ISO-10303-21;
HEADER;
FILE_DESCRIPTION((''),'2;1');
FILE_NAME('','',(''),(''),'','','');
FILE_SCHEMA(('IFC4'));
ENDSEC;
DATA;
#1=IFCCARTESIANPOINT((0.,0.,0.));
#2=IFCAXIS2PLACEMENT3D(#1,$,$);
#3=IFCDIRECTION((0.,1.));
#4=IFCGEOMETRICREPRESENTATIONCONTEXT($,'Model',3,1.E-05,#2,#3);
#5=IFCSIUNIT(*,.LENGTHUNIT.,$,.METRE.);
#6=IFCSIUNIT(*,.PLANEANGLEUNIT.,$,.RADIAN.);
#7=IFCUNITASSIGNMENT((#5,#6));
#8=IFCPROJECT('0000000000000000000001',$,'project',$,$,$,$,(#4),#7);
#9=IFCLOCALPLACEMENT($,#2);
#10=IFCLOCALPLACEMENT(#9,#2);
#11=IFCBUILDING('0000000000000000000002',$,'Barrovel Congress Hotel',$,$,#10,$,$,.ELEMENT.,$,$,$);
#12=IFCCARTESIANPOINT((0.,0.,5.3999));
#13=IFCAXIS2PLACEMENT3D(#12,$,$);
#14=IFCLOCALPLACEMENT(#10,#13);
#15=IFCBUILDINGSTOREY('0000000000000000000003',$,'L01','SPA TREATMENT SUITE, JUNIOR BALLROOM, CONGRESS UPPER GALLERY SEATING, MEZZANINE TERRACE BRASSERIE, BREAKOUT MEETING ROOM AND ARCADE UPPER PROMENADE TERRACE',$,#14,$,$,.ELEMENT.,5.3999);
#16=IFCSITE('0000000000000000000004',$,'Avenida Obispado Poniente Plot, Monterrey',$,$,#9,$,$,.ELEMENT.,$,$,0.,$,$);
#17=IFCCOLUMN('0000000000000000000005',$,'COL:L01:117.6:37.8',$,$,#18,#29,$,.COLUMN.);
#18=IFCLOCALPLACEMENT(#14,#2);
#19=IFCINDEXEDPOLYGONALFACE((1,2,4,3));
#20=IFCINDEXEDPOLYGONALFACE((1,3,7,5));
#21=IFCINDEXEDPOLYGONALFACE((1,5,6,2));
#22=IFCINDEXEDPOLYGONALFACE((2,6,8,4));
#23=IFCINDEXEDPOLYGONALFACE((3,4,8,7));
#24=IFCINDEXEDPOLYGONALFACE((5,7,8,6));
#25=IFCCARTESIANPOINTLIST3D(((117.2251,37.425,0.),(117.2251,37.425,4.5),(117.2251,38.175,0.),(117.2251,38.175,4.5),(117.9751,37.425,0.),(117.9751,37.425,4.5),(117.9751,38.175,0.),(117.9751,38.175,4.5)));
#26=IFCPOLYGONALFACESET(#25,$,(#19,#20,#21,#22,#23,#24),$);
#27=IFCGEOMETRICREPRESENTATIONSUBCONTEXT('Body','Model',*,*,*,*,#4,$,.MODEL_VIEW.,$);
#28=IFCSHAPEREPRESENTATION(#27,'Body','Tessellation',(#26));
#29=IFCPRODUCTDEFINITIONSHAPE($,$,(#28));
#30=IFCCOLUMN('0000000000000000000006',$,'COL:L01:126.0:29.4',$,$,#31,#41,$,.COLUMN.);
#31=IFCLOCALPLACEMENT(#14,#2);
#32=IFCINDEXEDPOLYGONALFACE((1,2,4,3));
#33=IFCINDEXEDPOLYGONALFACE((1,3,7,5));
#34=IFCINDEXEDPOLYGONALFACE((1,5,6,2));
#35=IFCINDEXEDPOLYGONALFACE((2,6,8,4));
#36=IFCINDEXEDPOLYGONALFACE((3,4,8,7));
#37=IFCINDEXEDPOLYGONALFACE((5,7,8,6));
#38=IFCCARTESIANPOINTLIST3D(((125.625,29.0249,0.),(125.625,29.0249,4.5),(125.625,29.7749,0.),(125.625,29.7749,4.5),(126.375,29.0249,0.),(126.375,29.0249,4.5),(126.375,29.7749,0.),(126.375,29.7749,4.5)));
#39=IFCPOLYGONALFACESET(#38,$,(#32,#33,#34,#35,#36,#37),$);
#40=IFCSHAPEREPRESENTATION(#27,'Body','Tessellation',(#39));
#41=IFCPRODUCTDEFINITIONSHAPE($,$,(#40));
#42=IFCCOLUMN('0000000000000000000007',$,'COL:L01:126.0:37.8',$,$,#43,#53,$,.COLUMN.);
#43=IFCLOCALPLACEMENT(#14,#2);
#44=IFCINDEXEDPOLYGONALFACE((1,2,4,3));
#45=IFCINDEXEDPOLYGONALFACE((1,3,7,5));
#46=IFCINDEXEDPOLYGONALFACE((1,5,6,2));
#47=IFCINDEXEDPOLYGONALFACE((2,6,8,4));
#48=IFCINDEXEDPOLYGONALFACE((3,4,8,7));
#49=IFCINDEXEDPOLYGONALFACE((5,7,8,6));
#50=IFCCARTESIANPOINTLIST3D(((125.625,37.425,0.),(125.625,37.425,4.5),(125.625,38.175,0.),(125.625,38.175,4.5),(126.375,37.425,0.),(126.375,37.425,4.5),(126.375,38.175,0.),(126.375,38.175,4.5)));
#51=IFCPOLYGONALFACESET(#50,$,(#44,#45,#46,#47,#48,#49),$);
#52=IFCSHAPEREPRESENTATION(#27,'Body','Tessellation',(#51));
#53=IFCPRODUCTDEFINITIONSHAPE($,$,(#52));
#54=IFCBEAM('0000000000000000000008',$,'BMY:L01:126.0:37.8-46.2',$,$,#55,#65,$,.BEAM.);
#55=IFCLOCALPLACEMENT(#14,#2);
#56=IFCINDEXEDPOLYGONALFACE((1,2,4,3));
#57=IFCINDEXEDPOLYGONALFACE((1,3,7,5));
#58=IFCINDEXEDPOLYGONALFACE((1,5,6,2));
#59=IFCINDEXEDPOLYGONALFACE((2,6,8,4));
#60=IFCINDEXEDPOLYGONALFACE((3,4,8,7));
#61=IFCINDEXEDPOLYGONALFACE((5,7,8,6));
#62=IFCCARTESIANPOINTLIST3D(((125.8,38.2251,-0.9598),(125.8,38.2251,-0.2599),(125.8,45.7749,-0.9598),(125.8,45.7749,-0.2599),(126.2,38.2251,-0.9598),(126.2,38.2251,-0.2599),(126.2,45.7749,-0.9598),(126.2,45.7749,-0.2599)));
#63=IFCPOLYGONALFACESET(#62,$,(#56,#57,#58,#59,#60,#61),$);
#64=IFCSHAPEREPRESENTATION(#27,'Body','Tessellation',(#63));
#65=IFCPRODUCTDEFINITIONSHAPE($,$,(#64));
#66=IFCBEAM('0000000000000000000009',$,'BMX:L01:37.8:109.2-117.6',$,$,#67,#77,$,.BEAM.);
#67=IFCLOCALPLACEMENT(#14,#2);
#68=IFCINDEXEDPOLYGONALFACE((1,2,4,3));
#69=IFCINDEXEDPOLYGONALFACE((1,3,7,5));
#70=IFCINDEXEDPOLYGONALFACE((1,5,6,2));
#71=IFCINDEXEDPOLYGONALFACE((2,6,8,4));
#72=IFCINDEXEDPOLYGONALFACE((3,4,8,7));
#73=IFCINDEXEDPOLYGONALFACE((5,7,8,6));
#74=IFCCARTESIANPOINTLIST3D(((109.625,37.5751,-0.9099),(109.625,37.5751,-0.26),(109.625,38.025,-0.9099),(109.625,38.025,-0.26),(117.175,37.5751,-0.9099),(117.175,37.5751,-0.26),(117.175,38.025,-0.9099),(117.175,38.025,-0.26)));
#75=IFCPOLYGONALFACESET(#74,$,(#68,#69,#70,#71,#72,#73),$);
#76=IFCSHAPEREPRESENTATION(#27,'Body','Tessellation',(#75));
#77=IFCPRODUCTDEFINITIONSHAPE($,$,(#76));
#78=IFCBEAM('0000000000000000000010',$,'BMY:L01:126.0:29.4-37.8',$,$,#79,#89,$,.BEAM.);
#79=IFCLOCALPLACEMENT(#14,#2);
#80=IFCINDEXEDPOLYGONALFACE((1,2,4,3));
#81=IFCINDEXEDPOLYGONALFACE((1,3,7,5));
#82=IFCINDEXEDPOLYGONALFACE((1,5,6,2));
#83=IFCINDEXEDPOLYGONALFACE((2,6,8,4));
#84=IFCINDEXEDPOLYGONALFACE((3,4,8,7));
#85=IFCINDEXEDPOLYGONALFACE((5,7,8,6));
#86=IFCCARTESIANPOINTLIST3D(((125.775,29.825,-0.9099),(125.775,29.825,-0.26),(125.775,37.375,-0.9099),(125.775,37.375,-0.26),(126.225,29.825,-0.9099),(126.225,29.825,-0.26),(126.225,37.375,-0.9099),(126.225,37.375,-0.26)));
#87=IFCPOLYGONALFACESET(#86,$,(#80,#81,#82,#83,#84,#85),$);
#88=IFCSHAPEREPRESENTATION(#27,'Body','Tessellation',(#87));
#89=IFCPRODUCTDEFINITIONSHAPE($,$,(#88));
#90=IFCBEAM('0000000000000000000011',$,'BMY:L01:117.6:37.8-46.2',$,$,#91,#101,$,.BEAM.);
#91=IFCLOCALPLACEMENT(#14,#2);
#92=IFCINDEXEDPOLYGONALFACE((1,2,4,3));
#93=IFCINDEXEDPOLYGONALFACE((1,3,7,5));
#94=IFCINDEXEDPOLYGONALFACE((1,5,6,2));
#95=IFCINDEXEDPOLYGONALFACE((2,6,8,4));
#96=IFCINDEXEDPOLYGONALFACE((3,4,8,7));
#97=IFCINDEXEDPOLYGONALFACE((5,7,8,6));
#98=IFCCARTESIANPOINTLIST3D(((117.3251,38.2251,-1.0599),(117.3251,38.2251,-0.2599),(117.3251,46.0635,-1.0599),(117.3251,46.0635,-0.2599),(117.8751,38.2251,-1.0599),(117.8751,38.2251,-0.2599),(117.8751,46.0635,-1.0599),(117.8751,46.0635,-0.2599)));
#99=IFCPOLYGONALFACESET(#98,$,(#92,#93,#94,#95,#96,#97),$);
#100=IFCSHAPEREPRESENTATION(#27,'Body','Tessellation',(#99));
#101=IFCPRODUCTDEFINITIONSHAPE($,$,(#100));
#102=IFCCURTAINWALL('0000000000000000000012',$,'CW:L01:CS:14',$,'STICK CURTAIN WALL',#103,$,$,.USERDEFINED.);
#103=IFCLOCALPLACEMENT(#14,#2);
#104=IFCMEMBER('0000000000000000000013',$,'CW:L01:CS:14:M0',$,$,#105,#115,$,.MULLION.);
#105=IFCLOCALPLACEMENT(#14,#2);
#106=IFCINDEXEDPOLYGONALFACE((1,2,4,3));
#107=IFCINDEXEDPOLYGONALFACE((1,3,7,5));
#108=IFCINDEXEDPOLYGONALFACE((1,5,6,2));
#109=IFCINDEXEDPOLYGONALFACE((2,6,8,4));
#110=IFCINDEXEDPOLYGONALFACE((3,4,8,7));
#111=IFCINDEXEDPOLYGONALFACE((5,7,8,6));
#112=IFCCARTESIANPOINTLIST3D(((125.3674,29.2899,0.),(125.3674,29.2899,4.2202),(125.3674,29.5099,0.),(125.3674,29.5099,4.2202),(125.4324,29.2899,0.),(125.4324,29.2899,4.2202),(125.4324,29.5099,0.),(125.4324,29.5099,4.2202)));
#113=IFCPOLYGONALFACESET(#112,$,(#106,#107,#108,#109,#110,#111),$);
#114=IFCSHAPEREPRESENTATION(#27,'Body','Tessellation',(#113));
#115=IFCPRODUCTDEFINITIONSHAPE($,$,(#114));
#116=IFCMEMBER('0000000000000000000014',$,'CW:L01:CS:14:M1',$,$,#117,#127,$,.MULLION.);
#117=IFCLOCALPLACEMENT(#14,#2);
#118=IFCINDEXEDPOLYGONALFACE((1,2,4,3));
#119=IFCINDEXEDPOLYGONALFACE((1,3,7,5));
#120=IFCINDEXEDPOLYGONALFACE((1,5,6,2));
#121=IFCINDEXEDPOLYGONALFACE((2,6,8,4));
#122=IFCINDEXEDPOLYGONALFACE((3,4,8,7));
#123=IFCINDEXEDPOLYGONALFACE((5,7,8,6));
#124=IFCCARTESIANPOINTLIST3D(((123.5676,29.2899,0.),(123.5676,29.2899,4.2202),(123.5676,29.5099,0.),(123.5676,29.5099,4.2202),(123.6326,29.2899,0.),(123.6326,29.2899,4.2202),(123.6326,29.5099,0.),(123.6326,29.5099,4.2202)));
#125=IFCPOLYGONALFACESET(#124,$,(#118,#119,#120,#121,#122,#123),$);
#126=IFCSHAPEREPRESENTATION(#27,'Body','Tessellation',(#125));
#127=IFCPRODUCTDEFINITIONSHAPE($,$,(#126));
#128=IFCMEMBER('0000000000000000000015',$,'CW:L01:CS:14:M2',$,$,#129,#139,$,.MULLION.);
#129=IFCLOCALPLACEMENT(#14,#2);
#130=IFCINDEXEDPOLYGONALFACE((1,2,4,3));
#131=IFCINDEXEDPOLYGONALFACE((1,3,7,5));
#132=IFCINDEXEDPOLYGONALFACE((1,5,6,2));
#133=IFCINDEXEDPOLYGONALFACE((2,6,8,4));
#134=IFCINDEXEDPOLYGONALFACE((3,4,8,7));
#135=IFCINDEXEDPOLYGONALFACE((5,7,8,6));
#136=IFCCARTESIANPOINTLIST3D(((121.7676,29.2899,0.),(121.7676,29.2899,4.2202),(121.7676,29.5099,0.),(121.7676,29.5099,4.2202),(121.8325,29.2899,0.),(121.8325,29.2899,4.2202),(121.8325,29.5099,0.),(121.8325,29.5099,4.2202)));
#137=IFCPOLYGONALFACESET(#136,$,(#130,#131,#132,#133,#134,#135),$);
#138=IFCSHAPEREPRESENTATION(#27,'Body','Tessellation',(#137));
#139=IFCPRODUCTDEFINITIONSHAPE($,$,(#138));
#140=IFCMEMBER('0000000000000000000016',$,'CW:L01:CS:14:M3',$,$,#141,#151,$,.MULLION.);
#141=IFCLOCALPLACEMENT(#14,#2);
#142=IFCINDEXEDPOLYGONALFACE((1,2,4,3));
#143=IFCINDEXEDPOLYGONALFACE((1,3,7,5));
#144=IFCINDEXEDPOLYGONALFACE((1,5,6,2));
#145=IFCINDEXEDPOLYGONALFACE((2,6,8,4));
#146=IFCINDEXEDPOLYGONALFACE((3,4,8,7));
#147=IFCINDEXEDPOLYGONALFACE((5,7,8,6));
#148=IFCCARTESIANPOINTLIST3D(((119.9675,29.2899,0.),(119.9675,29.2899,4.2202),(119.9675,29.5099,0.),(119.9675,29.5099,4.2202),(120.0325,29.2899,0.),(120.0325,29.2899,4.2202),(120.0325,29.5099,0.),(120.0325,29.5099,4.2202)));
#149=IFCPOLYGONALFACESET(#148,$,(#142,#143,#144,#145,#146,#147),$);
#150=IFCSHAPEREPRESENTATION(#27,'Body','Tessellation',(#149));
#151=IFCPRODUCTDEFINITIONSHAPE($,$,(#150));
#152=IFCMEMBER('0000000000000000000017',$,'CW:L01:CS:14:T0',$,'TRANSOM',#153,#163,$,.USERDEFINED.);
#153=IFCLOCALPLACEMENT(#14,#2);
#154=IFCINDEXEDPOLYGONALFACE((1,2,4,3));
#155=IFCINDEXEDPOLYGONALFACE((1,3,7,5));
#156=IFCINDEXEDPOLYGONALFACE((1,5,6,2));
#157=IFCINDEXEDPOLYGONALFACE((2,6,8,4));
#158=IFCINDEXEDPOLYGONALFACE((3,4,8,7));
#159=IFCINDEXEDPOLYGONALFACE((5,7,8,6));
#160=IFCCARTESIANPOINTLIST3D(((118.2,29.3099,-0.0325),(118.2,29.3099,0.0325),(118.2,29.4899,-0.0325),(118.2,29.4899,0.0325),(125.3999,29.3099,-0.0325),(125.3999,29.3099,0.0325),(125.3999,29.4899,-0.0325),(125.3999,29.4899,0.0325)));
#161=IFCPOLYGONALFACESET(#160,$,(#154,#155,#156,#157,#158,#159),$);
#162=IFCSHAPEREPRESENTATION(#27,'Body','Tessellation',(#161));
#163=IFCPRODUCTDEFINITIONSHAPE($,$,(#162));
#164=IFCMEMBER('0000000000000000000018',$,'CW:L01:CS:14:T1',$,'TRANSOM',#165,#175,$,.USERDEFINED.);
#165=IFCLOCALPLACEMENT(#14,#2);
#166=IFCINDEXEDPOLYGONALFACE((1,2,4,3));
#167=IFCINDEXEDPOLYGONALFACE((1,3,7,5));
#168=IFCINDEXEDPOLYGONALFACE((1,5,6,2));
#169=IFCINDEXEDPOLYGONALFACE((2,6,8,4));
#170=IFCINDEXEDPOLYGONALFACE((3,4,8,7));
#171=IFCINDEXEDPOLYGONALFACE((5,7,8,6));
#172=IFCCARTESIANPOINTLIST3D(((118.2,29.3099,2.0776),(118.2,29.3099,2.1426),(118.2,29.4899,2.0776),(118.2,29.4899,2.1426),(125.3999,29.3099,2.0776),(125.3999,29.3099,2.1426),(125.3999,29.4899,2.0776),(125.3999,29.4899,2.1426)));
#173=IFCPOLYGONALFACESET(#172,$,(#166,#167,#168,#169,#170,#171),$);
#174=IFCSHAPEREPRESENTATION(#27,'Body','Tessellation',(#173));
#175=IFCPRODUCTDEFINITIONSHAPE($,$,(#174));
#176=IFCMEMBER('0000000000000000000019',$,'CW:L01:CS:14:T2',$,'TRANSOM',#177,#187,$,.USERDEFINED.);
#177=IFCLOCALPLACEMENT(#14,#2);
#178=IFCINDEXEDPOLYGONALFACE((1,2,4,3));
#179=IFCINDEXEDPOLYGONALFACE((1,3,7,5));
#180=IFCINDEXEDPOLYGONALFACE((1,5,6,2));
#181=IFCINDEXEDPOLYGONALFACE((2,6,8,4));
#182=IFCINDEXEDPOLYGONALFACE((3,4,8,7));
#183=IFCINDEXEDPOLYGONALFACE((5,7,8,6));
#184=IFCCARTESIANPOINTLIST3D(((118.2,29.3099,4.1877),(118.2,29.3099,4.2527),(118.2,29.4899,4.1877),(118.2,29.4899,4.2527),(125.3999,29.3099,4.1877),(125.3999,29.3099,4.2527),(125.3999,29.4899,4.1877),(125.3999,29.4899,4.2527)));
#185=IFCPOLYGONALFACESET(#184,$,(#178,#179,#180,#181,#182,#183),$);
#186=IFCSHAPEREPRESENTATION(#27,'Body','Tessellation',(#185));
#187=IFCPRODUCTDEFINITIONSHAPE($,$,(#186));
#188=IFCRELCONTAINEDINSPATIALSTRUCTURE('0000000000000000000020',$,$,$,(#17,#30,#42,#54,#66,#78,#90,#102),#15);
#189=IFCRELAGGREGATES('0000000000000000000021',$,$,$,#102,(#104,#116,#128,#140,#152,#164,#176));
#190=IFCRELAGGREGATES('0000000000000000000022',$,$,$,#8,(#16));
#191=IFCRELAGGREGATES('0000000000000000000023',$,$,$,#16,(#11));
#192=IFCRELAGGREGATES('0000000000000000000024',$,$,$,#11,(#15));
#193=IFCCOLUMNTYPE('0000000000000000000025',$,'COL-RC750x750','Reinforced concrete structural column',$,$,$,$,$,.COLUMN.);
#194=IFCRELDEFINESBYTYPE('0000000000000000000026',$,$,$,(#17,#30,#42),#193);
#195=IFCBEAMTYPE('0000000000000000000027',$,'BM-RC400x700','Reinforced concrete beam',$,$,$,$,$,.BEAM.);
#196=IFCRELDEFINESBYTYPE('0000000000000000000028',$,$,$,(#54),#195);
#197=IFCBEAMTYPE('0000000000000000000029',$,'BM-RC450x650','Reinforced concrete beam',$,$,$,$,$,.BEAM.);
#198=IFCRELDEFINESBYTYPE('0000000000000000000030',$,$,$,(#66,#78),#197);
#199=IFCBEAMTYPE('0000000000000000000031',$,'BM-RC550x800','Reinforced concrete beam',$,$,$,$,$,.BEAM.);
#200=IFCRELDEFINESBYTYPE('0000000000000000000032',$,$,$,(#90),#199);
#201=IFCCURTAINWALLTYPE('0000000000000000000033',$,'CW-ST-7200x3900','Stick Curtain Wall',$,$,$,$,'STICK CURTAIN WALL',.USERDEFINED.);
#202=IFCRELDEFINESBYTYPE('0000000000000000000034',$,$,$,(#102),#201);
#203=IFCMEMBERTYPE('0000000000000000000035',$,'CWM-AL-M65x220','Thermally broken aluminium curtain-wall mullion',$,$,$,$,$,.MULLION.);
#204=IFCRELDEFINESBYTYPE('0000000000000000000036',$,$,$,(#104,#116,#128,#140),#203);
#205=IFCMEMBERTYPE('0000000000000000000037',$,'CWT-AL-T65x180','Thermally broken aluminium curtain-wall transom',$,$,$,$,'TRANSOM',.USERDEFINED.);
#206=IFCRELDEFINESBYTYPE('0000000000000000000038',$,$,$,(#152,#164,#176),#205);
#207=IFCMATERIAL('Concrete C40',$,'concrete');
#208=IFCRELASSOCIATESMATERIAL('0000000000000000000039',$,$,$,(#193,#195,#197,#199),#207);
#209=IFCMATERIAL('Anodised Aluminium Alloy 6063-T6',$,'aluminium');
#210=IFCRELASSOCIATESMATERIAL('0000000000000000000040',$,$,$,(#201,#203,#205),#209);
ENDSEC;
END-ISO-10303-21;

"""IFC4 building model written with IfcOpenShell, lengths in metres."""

from ifc_helpers import new_model, si_unit, direction, frame, origin, origin_2d, place, context, subcontext, project, spatial, rectangle, extrude, material, material_profile, profile_set, type_object, element, aggregate, save


model = new_model("IFC4")

# Units and contexts
model_context = context("Model", 3, precision=1e-05, world=origin(), true_north=direction((0.0, 1.0)))
body_context = subcontext(model_context, "Body", "Model", "MODEL_VIEW")
ifc_project = project(units=[si_unit("LENGTHUNIT", "METRE"), si_unit("PLANEANGLEUNIT", "RADIAN")], contexts=[model_context])

# Site, building, storey
site_placement = place(None, origin())
site = spatial("IfcSite", under=ifc_project, at=site_placement, Name="Avenida Obispado Poniente Plot, Monterrey", CompositionType="ELEMENT", RefElevation=0.0)
building_placement = place(site_placement, origin())
building = spatial("IfcBuilding", under=site, at=building_placement, Name="Barrovel Congress Hotel", CompositionType="ELEMENT")
storey_placement = place(building_placement, frame((0.0, 0.0, 5.3999)))
storey = spatial("IfcBuildingStorey", under=building, at=storey_placement, Name="L01", Description="SPA TREATMENT SUITE, JUNIOR BALLROOM, CONGRESS UPPER GALLERY SEATING, MEZZANINE TERRACE BRASSERIE, BREAKOUT MEETING ROOM AND ARCADE UPPER PROMENADE TERRACE", CompositionType="ELEMENT", Elevation=5.3999)

# Columns
ifc_material_1 = material(Name="Concrete C40", Category="concrete")
ifc_material_profile_1 = material_profile(ifc_material_1, rectangle(XDim=0.75, YDim=0.75, at=origin_2d()), Name="RC750x750")
ifc_profile_set_1 = profile_set([ifc_material_profile_1], Name="Concrete C40")
column_type = type_object("IfcColumnType", Name="COL-RC750x750", Description="Reinforced concrete structural column", PredefinedType="COLUMN", material=ifc_profile_set_1)
for number, where, z_axis, x_axis, name in (
    (1, (117.6001, 37.8, 0.0), (0.0, 0.0, 1.0), (1.0, 0.0, 0.0), "COL:L01:117.6:37.8"),
    (2, (126.0, 29.3999, 0.0), (0.0, 0.0, 1.0), (1.0, 0.0, 0.0), "COL:L01:126.0:29.4"),
    (3, (126.0, 37.8, 0.0), (0.0, 0.0, 1.0), (1.0, 0.0, 0.0), "COL:L01:126.0:37.8"),
):
    element("IfcColumn", number, at=place(storey_placement, frame(where, z_axis=z_axis, x_axis=x_axis)), inside=storey, type_object=column_type, Name=name, PredefinedType="COLUMN", context=body_context, shape_type="SweptSolid", body=[
        extrude(rectangle(XDim=0.75, YDim=0.75, at=origin_2d()), origin(), (0.0, 0.0, 1.0), 4.5),
    ])

# Beams
ifc_material_profile_2 = material_profile(ifc_material_1, rectangle(XDim=0.3999, YDim=0.7, at=origin_2d()), Name="RC400x700")
ifc_profile_set_2 = profile_set([ifc_material_profile_2], Name="Concrete C40")
beam_type_1 = type_object("IfcBeamType", Name="BM-RC400x700", Description="Reinforced concrete beam", PredefinedType="BEAM", material=ifc_profile_set_2)
beam_1_placement = place(storey_placement, frame((126.0, 38.2251, -0.6099), z_axis=(0.0, 1.0, 0.0), x_axis=(-1.0, 0.0, 0.0)))
element("IfcBeam", 4, at=beam_1_placement, inside=storey, type_object=beam_type_1, Name="BMY:L01:126.0:37.8-46.2", PredefinedType="BEAM", context=body_context, shape_type="SweptSolid", body=[
    extrude(rectangle(XDim=0.3999, YDim=0.7, at=origin_2d()), origin(), (0.0, 0.0, 1.0), 7.5498),
])
ifc_material_profile_3 = material_profile(ifc_material_1, rectangle(XDim=0.45, YDim=0.6499, at=origin_2d()), Name="RC450x650")
ifc_profile_set_3 = profile_set([ifc_material_profile_3], Name="Concrete C40")
beam_type_2 = type_object("IfcBeamType", Name="BM-RC450x650", Description="Reinforced concrete beam", PredefinedType="BEAM", material=ifc_profile_set_3)
for number, where, z_axis, x_axis, name in (
    (5, (109.625, 37.8, -0.585), (1.0, 0.0, 0.0), (0.0, 1.0, 0.0), "BMX:L01:37.8:109.2-117.6"),
    (6, (126.0, 29.825, -0.585), (0.0, 1.0, 0.0), (-1.0, 0.0, 0.0), "BMY:L01:126.0:29.4-37.8"),
):
    element("IfcBeam", number, at=place(storey_placement, frame(where, z_axis=z_axis, x_axis=x_axis)), inside=storey, type_object=beam_type_2, Name=name, PredefinedType="BEAM", context=body_context, shape_type="SweptSolid", body=[
        extrude(rectangle(XDim=0.45, YDim=0.6499, at=origin_2d()), origin(), (0.0, 0.0, 1.0), 7.55),
    ])
ifc_material_profile_4 = material_profile(ifc_material_1, rectangle(XDim=0.55, YDim=0.8, at=origin_2d()), Name="RC550x800")
ifc_profile_set_4 = profile_set([ifc_material_profile_4], Name="Concrete C40")
beam_type_3 = type_object("IfcBeamType", Name="BM-RC550x800", Description="Reinforced concrete beam", PredefinedType="BEAM", material=ifc_profile_set_4)
beam_2_placement = place(storey_placement, frame((117.6001, 38.2251, -0.6599), z_axis=(0.0, 1.0, 0.0), x_axis=(-1.0, 0.0, 0.0)))
element("IfcBeam", 7, at=beam_2_placement, inside=storey, type_object=beam_type_3, Name="BMY:L01:117.6:37.8-46.2", PredefinedType="BEAM", context=body_context, shape_type="SweptSolid", body=[
    extrude(rectangle(XDim=0.55, YDim=0.8, at=origin_2d()), origin(), (0.0, 0.0, 1.0), 7.8384),
])

# Curtain wall, members
ifc_material_2 = material(Name="Anodised Aluminium Alloy 6063-T6", Category="aluminium")
curtain_wall_type = type_object("IfcCurtainWallType", Name="CW-ST-7200x3900", Description="Stick Curtain Wall", ElementType="STICK CURTAIN WALL", PredefinedType="USERDEFINED", material=ifc_material_2)
curtain_wall_placement = place(storey_placement, origin())
curtain_wall = element("IfcCurtainWall", 8, at=curtain_wall_placement, inside=storey, type_object=curtain_wall_type, Name="CW:L01:CS:14", ObjectType="STICK CURTAIN WALL", PredefinedType="USERDEFINED")
ifc_material_profile_5 = material_profile(ifc_material_2, rectangle(XDim=0.0649, YDim=0.22, at=origin_2d()), Name="AL-M65x220")
ifc_profile_set_5 = profile_set([ifc_material_profile_5], Name="Anodised Aluminium Alloy 6063-T6")
member_type_1 = type_object("IfcMemberType", Name="CWM-AL-M65x220", Description="Thermally broken aluminium curtain-wall mullion", PredefinedType="MULLION", material=ifc_profile_set_5)
member_1_placement = place(storey_placement, frame((125.3999, 29.3999, 0.0), z_axis=(0.0, 0.0, 1.0), x_axis=(1.0, 0.0, 0.0)))
member_1 = element("IfcMember", 9, at=member_1_placement, type_object=member_type_1, Name="CW:L01:CS:14:M0", PredefinedType="MULLION", context=body_context, shape_type="SweptSolid", body=[
    extrude(rectangle(XDim=0.0649, YDim=0.22, at=origin_2d()), origin(), (0.0, 0.0, 1.0), 4.2202),
])
member_2_placement = place(storey_placement, frame((123.6001, 29.3999, 0.0), z_axis=(0.0, 0.0, 1.0), x_axis=(1.0, 0.0, 0.0)))
member_2 = element("IfcMember", 10, at=member_2_placement, type_object=member_type_1, Name="CW:L01:CS:14:M1", PredefinedType="MULLION", context=body_context, shape_type="SweptSolid", body=[
    extrude(rectangle(XDim=0.0649, YDim=0.22, at=origin_2d()), origin(), (0.0, 0.0, 1.0), 4.2202),
])
member_3_placement = place(storey_placement, frame((121.8, 29.3999, 0.0), z_axis=(0.0, 0.0, 1.0), x_axis=(1.0, 0.0, 0.0)))
member_3 = element("IfcMember", 11, at=member_3_placement, type_object=member_type_1, Name="CW:L01:CS:14:M2", PredefinedType="MULLION", context=body_context, shape_type="SweptSolid", body=[
    extrude(rectangle(XDim=0.0649, YDim=0.22, at=origin_2d()), origin(), (0.0, 0.0, 1.0), 4.2202),
])
member_4_placement = place(storey_placement, frame((120.0, 29.3999, 0.0), z_axis=(0.0, 0.0, 1.0), x_axis=(1.0, 0.0, 0.0)))
member_4 = element("IfcMember", 12, at=member_4_placement, type_object=member_type_1, Name="CW:L01:CS:14:M3", PredefinedType="MULLION", context=body_context, shape_type="SweptSolid", body=[
    extrude(rectangle(XDim=0.0649, YDim=0.22, at=origin_2d()), origin(), (0.0, 0.0, 1.0), 4.2202),
])
ifc_material_profile_6 = material_profile(ifc_material_2, rectangle(XDim=0.1799, YDim=0.0649, at=origin_2d()), Name="AL-T65x180")
ifc_profile_set_6 = profile_set([ifc_material_profile_6], Name="Anodised Aluminium Alloy 6063-T6")
member_type_2 = type_object("IfcMemberType", Name="CWT-AL-T65x180", Description="Thermally broken aluminium curtain-wall transom", ElementType="TRANSOM", PredefinedType="USERDEFINED", material=ifc_profile_set_6)
member_5_placement = place(storey_placement, frame((125.3999, 29.3999, 0.0), z_axis=(-1.0, 0.0, 0.0), x_axis=(0.0, -1.0, 0.0)))
member_5 = element("IfcMember", 13, at=member_5_placement, type_object=member_type_2, Name="CW:L01:CS:14:T0", ObjectType="TRANSOM", PredefinedType="USERDEFINED", context=body_context, shape_type="SweptSolid", body=[
    extrude(rectangle(XDim=0.1799, YDim=0.0649, at=origin_2d()), origin(), (0.0, 0.0, 1.0), 7.2),
])
member_6_placement = place(storey_placement, frame((125.3999, 29.3999, 2.1101), z_axis=(-1.0, 0.0, 0.0), x_axis=(0.0, -1.0, 0.0)))
member_6 = element("IfcMember", 14, at=member_6_placement, type_object=member_type_2, Name="CW:L01:CS:14:T1", ObjectType="TRANSOM", PredefinedType="USERDEFINED", context=body_context, shape_type="SweptSolid", body=[
    extrude(rectangle(XDim=0.1799, YDim=0.0649, at=origin_2d()), origin(), (0.0, 0.0, 1.0), 7.2),
])
member_7_placement = place(storey_placement, frame((125.3999, 29.3999, 4.2202), z_axis=(-1.0, 0.0, 0.0), x_axis=(0.0, -1.0, 0.0)))
member_7 = element("IfcMember", 15, at=member_7_placement, type_object=member_type_2, Name="CW:L01:CS:14:T2", ObjectType="TRANSOM", PredefinedType="USERDEFINED", context=body_context, shape_type="SweptSolid", body=[
    extrude(rectangle(XDim=0.1799, YDim=0.0649, at=origin_2d()), origin(), (0.0, 0.0, 1.0), 7.2),
])

aggregate(curtain_wall, [member_1, member_2, member_3, member_4, member_5, member_6, member_7])

save(model, "model.ifc")
